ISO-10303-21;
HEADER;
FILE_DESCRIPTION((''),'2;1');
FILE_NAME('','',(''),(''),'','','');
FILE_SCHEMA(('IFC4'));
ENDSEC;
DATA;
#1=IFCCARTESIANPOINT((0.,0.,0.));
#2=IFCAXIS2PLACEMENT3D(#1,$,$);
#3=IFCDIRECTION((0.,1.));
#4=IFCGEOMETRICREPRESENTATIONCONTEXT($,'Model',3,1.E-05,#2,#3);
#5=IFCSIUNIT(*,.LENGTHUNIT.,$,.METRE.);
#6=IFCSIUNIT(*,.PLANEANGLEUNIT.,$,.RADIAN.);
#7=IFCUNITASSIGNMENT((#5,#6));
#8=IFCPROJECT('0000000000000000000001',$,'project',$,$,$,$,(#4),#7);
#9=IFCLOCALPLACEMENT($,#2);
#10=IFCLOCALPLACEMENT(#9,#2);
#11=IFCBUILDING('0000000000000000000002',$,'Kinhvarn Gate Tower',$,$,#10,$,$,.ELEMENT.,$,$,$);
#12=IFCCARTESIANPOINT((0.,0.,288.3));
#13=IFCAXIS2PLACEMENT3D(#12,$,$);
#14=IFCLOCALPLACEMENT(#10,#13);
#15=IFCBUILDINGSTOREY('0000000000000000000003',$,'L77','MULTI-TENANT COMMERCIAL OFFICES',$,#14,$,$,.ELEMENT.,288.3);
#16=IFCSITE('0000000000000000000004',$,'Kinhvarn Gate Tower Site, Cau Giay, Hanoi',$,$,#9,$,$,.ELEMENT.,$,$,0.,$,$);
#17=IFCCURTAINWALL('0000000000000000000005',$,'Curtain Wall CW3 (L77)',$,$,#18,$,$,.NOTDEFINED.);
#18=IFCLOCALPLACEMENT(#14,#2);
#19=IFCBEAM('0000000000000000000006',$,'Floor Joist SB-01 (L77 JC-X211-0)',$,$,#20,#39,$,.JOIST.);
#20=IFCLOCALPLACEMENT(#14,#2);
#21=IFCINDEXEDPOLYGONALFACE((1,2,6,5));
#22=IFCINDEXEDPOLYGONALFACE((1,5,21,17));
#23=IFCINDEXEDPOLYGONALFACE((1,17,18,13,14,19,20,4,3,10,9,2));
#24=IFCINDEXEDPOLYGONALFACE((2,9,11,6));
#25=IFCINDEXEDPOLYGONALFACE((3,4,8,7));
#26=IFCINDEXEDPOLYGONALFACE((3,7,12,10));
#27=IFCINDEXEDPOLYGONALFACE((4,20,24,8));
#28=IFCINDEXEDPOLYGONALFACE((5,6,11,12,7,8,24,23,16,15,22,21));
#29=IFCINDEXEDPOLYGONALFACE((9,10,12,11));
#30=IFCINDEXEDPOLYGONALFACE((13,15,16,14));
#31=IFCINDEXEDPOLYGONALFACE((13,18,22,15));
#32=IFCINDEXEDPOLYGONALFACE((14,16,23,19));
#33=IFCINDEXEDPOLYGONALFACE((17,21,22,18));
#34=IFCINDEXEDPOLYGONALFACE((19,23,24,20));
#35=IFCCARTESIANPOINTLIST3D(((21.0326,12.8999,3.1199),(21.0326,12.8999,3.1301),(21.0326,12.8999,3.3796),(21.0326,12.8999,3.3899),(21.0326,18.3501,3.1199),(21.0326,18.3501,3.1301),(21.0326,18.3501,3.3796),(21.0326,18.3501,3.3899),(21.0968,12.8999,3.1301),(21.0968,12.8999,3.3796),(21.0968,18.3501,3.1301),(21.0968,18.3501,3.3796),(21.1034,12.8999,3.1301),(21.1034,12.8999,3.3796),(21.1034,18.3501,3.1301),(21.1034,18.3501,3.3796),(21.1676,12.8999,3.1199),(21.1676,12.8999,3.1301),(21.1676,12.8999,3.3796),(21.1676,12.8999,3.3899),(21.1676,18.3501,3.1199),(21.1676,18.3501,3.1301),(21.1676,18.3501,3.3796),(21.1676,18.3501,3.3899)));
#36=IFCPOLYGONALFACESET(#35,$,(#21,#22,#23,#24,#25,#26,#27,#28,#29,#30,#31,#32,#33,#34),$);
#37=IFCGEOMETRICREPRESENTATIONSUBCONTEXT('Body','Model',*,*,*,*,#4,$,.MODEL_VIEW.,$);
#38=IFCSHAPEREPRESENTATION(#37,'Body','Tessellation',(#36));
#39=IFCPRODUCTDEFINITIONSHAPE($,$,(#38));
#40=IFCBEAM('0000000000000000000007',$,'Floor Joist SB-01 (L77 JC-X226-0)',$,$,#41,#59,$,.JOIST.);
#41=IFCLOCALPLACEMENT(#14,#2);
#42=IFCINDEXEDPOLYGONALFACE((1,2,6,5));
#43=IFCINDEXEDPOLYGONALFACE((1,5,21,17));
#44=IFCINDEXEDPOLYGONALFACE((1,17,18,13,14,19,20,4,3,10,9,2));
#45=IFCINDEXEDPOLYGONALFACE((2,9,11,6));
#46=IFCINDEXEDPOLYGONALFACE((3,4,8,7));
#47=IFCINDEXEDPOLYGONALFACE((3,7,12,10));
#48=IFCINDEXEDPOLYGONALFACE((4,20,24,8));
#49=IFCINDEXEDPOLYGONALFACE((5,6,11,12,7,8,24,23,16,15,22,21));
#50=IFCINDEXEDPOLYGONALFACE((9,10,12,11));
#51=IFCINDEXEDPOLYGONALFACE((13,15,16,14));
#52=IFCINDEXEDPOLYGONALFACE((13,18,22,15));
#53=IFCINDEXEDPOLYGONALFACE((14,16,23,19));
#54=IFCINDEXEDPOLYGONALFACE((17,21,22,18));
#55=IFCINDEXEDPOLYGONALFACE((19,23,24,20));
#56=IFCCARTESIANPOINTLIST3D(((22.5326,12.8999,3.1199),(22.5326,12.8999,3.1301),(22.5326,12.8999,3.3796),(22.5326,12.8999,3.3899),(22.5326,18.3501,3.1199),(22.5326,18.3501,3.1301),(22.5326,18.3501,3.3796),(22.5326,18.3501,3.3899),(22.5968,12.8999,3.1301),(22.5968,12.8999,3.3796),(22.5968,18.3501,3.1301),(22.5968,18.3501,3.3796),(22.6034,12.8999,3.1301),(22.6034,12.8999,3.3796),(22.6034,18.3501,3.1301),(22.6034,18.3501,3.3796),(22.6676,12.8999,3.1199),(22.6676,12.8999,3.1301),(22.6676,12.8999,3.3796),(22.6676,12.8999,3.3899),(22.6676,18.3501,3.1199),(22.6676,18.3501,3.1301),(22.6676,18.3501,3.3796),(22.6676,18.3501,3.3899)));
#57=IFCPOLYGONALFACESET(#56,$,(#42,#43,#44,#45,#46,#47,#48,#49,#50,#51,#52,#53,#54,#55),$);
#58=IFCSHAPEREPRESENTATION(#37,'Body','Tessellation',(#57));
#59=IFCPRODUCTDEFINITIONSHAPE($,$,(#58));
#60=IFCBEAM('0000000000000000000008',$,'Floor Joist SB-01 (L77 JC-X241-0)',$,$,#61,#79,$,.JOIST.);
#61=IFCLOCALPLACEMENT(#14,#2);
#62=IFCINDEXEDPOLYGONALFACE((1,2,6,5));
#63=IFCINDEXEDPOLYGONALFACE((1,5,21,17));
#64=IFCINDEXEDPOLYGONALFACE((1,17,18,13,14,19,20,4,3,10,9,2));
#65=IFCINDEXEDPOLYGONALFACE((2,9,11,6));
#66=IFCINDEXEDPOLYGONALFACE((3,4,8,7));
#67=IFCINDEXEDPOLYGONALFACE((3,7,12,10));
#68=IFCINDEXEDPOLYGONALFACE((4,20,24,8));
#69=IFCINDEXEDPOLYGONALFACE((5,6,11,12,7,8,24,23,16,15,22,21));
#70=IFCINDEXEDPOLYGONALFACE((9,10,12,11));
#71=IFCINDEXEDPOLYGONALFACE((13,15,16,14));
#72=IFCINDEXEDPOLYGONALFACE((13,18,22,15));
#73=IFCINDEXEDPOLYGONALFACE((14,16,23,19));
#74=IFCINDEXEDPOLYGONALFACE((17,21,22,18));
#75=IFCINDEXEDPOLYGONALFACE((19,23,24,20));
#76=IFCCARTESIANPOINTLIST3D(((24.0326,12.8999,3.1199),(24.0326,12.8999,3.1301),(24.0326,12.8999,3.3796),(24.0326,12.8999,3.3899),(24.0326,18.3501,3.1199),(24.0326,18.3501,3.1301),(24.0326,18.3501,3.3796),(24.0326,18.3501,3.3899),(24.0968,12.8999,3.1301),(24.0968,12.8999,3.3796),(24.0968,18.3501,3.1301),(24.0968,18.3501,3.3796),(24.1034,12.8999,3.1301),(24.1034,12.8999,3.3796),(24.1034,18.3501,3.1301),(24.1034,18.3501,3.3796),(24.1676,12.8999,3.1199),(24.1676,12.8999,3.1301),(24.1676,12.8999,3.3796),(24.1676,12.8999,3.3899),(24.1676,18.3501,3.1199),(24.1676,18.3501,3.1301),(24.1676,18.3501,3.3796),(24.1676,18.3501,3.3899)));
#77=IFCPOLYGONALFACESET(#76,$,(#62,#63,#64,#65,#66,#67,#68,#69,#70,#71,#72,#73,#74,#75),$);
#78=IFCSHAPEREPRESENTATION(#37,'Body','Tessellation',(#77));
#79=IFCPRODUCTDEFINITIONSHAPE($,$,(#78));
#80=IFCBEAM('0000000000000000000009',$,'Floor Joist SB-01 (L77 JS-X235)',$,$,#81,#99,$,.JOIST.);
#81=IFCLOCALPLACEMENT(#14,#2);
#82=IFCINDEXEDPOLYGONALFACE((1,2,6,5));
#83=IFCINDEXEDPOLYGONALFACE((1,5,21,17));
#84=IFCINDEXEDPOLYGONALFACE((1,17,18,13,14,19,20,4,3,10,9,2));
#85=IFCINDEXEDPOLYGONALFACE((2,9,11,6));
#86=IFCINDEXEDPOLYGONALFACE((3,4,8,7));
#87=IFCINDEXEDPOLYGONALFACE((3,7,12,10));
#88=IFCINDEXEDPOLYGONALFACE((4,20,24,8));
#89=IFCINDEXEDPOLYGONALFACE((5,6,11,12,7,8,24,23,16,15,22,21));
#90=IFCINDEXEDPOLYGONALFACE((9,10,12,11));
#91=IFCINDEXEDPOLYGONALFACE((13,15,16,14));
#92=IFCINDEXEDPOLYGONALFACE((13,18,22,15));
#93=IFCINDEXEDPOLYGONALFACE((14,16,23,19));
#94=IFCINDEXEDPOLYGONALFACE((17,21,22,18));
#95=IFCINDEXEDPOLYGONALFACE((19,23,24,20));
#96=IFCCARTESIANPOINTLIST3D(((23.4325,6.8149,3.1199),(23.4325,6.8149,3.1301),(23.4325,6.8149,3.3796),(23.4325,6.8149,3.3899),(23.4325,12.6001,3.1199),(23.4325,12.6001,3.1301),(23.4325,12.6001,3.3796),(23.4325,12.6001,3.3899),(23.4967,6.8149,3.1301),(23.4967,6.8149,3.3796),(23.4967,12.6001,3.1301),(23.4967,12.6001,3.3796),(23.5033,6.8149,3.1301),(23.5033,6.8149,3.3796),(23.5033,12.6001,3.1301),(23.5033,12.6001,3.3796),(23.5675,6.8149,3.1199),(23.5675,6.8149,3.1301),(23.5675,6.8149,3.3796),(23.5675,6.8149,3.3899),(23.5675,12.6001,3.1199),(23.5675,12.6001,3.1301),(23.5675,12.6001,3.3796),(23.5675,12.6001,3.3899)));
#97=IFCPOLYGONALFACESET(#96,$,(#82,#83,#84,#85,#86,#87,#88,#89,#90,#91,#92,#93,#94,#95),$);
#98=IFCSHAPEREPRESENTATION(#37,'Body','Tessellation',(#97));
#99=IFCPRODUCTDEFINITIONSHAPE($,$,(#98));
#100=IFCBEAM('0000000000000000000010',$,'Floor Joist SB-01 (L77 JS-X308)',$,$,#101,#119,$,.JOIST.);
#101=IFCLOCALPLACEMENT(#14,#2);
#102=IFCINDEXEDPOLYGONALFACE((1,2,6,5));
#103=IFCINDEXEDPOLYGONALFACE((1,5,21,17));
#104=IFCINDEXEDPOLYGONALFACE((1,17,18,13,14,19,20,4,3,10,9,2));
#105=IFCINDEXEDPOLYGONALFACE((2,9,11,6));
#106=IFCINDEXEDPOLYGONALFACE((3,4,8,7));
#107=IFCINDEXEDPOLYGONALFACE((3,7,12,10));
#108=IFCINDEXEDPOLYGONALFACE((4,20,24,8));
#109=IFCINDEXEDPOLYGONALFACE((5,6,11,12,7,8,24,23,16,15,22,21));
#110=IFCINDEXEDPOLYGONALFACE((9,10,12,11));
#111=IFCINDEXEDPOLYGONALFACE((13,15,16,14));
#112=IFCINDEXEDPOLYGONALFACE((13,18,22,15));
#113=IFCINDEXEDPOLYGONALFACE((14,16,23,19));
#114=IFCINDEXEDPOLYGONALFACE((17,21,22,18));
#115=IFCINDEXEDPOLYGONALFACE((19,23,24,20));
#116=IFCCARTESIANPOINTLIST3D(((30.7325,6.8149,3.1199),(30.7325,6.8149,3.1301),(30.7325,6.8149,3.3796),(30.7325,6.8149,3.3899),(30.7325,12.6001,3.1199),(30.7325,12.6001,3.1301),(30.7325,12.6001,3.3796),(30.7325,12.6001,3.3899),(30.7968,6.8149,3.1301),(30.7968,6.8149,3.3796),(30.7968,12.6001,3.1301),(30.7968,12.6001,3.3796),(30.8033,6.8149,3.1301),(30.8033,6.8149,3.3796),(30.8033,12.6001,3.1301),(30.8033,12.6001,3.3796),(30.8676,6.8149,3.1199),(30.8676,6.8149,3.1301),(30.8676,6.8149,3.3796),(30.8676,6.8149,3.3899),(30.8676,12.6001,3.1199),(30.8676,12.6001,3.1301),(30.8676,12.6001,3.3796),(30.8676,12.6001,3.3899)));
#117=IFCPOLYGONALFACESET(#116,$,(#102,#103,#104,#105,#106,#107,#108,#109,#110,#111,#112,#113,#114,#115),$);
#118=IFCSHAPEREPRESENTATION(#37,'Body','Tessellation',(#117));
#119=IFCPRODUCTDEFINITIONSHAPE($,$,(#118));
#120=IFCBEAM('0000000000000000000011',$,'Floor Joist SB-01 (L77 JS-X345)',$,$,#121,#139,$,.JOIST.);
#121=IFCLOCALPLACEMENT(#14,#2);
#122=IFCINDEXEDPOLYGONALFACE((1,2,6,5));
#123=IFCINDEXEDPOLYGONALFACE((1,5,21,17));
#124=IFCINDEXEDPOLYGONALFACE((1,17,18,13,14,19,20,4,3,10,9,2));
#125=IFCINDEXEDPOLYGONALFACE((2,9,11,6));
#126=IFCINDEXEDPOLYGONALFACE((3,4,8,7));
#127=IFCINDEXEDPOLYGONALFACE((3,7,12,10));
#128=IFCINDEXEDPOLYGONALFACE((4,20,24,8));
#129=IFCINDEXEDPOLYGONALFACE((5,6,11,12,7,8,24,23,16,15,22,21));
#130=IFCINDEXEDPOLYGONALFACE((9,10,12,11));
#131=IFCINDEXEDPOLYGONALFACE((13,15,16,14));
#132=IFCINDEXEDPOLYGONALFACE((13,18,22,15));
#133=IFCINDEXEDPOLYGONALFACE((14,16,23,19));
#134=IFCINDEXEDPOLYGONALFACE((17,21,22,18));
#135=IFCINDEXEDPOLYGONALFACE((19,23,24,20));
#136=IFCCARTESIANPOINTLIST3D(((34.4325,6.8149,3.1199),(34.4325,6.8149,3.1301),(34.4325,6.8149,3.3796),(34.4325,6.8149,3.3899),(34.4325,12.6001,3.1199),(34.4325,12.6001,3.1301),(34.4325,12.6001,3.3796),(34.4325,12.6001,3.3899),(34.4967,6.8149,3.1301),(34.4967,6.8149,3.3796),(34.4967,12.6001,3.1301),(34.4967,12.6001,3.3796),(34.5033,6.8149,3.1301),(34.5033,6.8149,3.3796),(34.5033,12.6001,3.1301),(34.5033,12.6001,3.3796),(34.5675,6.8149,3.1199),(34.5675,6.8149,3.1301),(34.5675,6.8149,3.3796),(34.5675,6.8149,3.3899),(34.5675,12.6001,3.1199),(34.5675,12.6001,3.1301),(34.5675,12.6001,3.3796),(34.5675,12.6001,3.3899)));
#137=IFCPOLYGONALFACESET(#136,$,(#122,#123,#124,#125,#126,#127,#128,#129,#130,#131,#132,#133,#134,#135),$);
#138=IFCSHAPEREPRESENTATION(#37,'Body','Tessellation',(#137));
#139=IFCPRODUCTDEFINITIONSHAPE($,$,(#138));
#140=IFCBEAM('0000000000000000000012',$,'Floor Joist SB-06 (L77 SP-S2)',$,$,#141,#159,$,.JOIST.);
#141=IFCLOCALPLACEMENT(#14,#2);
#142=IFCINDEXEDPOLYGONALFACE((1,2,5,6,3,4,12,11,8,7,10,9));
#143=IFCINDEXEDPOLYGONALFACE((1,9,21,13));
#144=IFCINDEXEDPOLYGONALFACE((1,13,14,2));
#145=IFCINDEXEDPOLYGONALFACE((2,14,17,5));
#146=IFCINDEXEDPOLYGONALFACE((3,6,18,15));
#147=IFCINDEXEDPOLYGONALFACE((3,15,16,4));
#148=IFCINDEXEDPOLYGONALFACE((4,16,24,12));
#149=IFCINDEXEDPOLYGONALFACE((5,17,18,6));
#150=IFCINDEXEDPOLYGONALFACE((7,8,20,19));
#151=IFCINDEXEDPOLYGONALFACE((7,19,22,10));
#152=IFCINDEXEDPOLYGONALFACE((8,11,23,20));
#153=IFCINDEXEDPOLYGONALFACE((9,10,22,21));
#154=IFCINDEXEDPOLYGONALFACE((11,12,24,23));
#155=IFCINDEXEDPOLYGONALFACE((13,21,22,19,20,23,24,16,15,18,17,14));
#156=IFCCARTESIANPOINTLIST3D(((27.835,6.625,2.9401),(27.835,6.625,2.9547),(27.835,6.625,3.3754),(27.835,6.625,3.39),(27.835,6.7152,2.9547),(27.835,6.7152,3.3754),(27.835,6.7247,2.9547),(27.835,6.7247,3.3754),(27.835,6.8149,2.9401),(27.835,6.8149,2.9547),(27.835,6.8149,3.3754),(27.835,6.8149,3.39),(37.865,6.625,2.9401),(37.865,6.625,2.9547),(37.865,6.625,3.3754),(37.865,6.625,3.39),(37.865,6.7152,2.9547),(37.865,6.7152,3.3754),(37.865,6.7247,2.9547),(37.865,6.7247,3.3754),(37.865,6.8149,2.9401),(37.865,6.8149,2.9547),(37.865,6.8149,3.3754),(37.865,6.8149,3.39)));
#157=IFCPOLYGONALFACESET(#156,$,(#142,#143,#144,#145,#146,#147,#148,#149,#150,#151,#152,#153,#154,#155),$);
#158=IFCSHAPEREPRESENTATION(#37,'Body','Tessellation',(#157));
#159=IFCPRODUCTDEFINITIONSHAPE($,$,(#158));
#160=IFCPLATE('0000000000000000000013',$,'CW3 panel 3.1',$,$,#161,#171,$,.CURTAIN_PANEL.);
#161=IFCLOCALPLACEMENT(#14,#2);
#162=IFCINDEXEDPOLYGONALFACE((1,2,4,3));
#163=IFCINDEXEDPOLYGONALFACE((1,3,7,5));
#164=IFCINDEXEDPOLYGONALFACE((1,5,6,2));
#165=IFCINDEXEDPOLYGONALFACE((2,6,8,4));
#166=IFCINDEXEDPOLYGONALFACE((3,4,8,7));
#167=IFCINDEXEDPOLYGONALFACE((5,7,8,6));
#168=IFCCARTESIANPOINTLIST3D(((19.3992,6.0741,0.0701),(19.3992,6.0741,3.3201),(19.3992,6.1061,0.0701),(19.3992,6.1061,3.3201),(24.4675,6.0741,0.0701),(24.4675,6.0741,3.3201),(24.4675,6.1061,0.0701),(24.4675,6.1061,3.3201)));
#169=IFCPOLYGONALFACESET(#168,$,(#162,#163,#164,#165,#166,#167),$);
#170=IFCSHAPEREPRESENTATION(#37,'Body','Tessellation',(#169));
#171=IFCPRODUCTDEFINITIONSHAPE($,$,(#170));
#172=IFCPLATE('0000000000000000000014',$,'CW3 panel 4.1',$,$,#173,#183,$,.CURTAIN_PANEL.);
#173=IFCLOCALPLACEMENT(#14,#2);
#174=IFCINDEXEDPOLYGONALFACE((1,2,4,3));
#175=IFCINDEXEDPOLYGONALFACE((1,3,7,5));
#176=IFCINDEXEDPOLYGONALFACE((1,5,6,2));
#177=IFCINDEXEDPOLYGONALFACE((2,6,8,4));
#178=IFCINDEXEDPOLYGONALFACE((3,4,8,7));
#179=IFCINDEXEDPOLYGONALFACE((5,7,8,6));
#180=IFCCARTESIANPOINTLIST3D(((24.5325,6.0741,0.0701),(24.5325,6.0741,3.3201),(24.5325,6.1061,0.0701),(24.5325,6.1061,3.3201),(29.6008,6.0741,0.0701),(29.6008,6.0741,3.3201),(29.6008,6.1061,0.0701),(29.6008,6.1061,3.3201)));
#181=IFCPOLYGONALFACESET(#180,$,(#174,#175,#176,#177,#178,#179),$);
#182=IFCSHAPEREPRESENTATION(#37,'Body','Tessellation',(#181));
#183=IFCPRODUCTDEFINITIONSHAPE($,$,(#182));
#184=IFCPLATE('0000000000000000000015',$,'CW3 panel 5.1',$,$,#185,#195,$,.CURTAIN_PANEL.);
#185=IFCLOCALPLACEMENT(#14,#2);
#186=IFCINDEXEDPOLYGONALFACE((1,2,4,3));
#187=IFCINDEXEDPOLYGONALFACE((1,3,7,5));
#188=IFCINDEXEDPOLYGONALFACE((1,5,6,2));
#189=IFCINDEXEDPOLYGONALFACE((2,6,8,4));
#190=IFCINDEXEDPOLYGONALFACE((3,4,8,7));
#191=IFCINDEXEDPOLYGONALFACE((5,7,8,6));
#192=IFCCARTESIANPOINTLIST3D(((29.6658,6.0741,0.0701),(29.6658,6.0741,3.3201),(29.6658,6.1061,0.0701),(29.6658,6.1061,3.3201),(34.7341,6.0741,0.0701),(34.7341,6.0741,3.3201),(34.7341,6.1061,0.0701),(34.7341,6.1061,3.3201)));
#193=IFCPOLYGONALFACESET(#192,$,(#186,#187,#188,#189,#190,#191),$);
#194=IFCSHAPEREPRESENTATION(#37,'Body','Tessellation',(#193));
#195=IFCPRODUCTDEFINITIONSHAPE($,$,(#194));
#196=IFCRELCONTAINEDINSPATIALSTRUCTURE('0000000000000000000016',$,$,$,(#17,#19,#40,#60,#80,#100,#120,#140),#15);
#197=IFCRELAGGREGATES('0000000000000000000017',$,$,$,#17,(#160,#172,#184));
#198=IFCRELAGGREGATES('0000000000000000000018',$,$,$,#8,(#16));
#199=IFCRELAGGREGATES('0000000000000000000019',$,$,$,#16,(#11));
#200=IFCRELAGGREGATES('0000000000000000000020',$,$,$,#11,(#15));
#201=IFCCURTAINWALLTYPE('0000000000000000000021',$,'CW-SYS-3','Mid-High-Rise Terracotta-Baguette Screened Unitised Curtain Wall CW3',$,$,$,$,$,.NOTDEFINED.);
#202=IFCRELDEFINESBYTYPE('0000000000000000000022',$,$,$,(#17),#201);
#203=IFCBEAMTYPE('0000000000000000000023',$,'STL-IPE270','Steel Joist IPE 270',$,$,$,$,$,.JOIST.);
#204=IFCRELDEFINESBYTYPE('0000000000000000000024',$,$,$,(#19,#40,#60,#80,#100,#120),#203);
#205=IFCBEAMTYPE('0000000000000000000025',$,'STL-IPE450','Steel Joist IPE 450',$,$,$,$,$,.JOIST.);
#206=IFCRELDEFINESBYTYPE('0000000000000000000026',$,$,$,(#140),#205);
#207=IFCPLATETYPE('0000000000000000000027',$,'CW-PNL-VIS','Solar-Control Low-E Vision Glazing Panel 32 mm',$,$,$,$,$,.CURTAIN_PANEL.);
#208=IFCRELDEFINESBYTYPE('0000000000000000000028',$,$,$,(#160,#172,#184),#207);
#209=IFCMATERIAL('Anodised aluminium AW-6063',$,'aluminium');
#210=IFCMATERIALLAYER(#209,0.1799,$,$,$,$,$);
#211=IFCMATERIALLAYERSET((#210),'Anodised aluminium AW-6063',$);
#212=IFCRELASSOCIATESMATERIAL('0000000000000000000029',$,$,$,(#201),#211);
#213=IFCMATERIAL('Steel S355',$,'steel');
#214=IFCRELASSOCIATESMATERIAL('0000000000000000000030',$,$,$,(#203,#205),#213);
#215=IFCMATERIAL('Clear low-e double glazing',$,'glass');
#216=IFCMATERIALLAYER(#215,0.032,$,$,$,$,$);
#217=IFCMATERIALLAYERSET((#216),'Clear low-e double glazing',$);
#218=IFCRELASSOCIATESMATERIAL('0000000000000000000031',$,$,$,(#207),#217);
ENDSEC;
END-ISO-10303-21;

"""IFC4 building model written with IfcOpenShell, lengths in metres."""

from ifc_helpers import new_model, si_unit, direction, frame, origin, origin_2d, place, context, subcontext, project, spatial, rectangle, i_section, extrude, material, layer, layer_set, material_profile, profile_set, type_object, element, aggregate, save


model = new_model("IFC4")

# Units and contexts
model_context = context("Model", 3, precision=1e-05, world=origin(), true_north=direction((0.0, 1.0)))
body_context = subcontext(model_context, "Body", "Model", "MODEL_VIEW")
ifc_project = project(units=[si_unit("LENGTHUNIT", "METRE"), si_unit("PLANEANGLEUNIT", "RADIAN")], contexts=[model_context])

# Site, building, storey
site_placement = place(None, origin())
site = spatial("IfcSite", under=ifc_project, at=site_placement, Name="Kinhvarn Gate Tower Site, Cau Giay, Hanoi", CompositionType="ELEMENT", RefElevation=0.0)
building_placement = place(site_placement, origin())
building = spatial("IfcBuilding", under=site, at=building_placement, Name="Kinhvarn Gate Tower", CompositionType="ELEMENT")
storey_placement = place(building_placement, frame((0.0, 0.0, 288.3)))
storey = spatial("IfcBuildingStorey", under=building, at=storey_placement, Name="L77", Description="MULTI-TENANT COMMERCIAL OFFICES", CompositionType="ELEMENT", Elevation=288.3)

# Curtain wall
ifc_material_1 = material(Name="Anodised aluminium AW-6063", Category="aluminium")
ifc_layer_1 = layer(ifc_material_1, 0.1799)
ifc_layer_set_1 = layer_set([ifc_layer_1], Name="Anodised aluminium AW-6063")
curtain_wall_type = type_object("IfcCurtainWallType", Name="CW-SYS-3", Description="Mid-High-Rise Terracotta-Baguette Screened Unitised Curtain Wall CW3", PredefinedType="NOTDEFINED", material=ifc_layer_set_1)
curtain_wall_placement = place(storey_placement, origin())
curtain_wall = element("IfcCurtainWall", 1, at=curtain_wall_placement, inside=storey, type_object=curtain_wall_type, Name="Curtain Wall CW3 (L77)", PredefinedType="NOTDEFINED")

# Beams
ifc_material_2 = material(Name="Steel S355", Category="steel")
ifc_material_profile_1 = material_profile(ifc_material_2, i_section(OverallWidth=0.135, OverallDepth=0.27, WebThickness=0.0066, FlangeThickness=0.0103, at=origin_2d()), Name="IPE 270")
ifc_profile_set_1 = profile_set([ifc_material_profile_1], Name="Steel S355")
beam_type_1 = type_object("IfcBeamType", Name="STL-IPE270", Description="Steel Joist IPE 270", PredefinedType="JOIST", material=ifc_profile_set_1)
for number, where, z_axis, x_axis, name in (
    (2, (21.1001, 12.8999, 3.2549), (0.0, 1.0, 0.0), (-1.0, 0.0, 0.0), "Floor Joist SB-01 (L77 JC-X211-0)"),
    (3, (22.6001, 12.8999, 3.2549), (0.0, 1.0, 0.0), (-1.0, 0.0, 0.0), "Floor Joist SB-01 (L77 JC-X226-0)"),
    (4, (24.1001, 12.8999, 3.2549), (0.0, 1.0, 0.0), (-1.0, 0.0, 0.0), "Floor Joist SB-01 (L77 JC-X241-0)"),
):
    element("IfcBeam", number, at=place(storey_placement, frame(where, z_axis=z_axis, x_axis=x_axis)), inside=storey, type_object=beam_type_1, Name=name, PredefinedType="JOIST", context=body_context, shape_type="SweptSolid", body=[
        extrude(i_section(OverallWidth=0.135, OverallDepth=0.27, WebThickness=0.0066, FlangeThickness=0.0103, at=origin_2d()), origin(), (0.0, 0.0, 1.0), 5.4502),
    ])
for number, where, z_axis, x_axis, name in (
    (5, (23.5, 6.8149, 3.2549), (0.0, 1.0, 0.0), (-1.0, 0.0, 0.0), "Floor Joist SB-01 (L77 JS-X235)"),
    (6, (30.8, 6.8149, 3.2549), (0.0, 1.0, 0.0), (-1.0, 0.0, 0.0), "Floor Joist SB-01 (L77 JS-X308)"),
    (7, (34.5, 6.8149, 3.2549), (0.0, 1.0, 0.0), (-1.0, 0.0, 0.0), "Floor Joist SB-01 (L77 JS-X345)"),
):
    element("IfcBeam", number, at=place(storey_placement, frame(where, z_axis=z_axis, x_axis=x_axis)), inside=storey, type_object=beam_type_1, Name=name, PredefinedType="JOIST", context=body_context, shape_type="SweptSolid", body=[
        extrude(i_section(OverallWidth=0.135, OverallDepth=0.27, WebThickness=0.0066, FlangeThickness=0.0103, at=origin_2d()), origin(), (0.0, 0.0, 1.0), 5.7852),
    ])
ifc_material_profile_2 = material_profile(ifc_material_2, i_section(OverallWidth=0.1899, OverallDepth=0.45, WebThickness=0.0095, FlangeThickness=0.0146, at=origin_2d()), Name="IPE 450")
ifc_profile_set_2 = profile_set([ifc_material_profile_2], Name="Steel S355")
beam_type_2 = type_object("IfcBeamType", Name="STL-IPE450", Description="Steel Joist IPE 450", PredefinedType="JOIST", material=ifc_profile_set_2)
beam_1_placement = place(storey_placement, frame((27.835, 6.72, 3.165), z_axis=(1.0, 0.0, 0.0), x_axis=(0.0, 1.0, 0.0)))
element("IfcBeam", 8, at=beam_1_placement, inside=storey, type_object=beam_type_2, Name="Floor Joist SB-06 (L77 SP-S2)", PredefinedType="JOIST", context=body_context, shape_type="SweptSolid", body=[
    extrude(i_section(OverallWidth=0.1899, OverallDepth=0.45, WebThickness=0.0095, FlangeThickness=0.0146, at=origin_2d()), origin(), (0.0, 0.0, 1.0), 10.03),
])

# Plates
ifc_material_3 = material(Name="Clear low-e double glazing", Category="glass")
ifc_layer_2 = layer(ifc_material_3, 0.032)
ifc_layer_set_2 = layer_set([ifc_layer_2], Name="Clear low-e double glazing")
plate_type = type_object("IfcPlateType", Name="CW-PNL-VIS", Description="Solar-Control Low-E Vision Glazing Panel 32 mm", PredefinedType="CURTAIN_PANEL", material=ifc_layer_set_2)
plate_1_placement = place(storey_placement, frame((21.9333, 6.0901, 0.0701), z_axis=(0.0, 0.0, 1.0), x_axis=(1.0, 0.0, 0.0)))
plate_1 = element("IfcPlate", 9, at=plate_1_placement, type_object=plate_type, Name="CW3 panel 3.1", PredefinedType="CURTAIN_PANEL", context=body_context, shape_type="SweptSolid", body=[
    extrude(rectangle(XDim=5.0684, YDim=0.032, at=origin_2d()), origin(), (0.0, 0.0, 1.0), 3.25),
])
plate_2_placement = place(storey_placement, frame((27.0667, 6.0901, 0.0701), z_axis=(0.0, 0.0, 1.0), x_axis=(1.0, 0.0, 0.0)))
plate_2 = element("IfcPlate", 10, at=plate_2_placement, type_object=plate_type, Name="CW3 panel 4.1", PredefinedType="CURTAIN_PANEL", context=body_context, shape_type="SweptSolid", body=[
    extrude(rectangle(XDim=5.0684, YDim=0.032, at=origin_2d()), origin(), (0.0, 0.0, 1.0), 3.25),
])
plate_3_placement = place(storey_placement, frame((32.2, 6.0901, 0.0701), z_axis=(0.0, 0.0, 1.0), x_axis=(1.0, 0.0, 0.0)))
plate_3 = element("IfcPlate", 11, at=plate_3_placement, type_object=plate_type, Name="CW3 panel 5.1", PredefinedType="CURTAIN_PANEL", context=body_context, shape_type="SweptSolid", body=[
    extrude(rectangle(XDim=5.0684, YDim=0.032, at=origin_2d()), origin(), (0.0, 0.0, 1.0), 3.25),
])
aggregate(curtain_wall, [plate_1, plate_2, plate_3])

save(model, "model.ifc")
